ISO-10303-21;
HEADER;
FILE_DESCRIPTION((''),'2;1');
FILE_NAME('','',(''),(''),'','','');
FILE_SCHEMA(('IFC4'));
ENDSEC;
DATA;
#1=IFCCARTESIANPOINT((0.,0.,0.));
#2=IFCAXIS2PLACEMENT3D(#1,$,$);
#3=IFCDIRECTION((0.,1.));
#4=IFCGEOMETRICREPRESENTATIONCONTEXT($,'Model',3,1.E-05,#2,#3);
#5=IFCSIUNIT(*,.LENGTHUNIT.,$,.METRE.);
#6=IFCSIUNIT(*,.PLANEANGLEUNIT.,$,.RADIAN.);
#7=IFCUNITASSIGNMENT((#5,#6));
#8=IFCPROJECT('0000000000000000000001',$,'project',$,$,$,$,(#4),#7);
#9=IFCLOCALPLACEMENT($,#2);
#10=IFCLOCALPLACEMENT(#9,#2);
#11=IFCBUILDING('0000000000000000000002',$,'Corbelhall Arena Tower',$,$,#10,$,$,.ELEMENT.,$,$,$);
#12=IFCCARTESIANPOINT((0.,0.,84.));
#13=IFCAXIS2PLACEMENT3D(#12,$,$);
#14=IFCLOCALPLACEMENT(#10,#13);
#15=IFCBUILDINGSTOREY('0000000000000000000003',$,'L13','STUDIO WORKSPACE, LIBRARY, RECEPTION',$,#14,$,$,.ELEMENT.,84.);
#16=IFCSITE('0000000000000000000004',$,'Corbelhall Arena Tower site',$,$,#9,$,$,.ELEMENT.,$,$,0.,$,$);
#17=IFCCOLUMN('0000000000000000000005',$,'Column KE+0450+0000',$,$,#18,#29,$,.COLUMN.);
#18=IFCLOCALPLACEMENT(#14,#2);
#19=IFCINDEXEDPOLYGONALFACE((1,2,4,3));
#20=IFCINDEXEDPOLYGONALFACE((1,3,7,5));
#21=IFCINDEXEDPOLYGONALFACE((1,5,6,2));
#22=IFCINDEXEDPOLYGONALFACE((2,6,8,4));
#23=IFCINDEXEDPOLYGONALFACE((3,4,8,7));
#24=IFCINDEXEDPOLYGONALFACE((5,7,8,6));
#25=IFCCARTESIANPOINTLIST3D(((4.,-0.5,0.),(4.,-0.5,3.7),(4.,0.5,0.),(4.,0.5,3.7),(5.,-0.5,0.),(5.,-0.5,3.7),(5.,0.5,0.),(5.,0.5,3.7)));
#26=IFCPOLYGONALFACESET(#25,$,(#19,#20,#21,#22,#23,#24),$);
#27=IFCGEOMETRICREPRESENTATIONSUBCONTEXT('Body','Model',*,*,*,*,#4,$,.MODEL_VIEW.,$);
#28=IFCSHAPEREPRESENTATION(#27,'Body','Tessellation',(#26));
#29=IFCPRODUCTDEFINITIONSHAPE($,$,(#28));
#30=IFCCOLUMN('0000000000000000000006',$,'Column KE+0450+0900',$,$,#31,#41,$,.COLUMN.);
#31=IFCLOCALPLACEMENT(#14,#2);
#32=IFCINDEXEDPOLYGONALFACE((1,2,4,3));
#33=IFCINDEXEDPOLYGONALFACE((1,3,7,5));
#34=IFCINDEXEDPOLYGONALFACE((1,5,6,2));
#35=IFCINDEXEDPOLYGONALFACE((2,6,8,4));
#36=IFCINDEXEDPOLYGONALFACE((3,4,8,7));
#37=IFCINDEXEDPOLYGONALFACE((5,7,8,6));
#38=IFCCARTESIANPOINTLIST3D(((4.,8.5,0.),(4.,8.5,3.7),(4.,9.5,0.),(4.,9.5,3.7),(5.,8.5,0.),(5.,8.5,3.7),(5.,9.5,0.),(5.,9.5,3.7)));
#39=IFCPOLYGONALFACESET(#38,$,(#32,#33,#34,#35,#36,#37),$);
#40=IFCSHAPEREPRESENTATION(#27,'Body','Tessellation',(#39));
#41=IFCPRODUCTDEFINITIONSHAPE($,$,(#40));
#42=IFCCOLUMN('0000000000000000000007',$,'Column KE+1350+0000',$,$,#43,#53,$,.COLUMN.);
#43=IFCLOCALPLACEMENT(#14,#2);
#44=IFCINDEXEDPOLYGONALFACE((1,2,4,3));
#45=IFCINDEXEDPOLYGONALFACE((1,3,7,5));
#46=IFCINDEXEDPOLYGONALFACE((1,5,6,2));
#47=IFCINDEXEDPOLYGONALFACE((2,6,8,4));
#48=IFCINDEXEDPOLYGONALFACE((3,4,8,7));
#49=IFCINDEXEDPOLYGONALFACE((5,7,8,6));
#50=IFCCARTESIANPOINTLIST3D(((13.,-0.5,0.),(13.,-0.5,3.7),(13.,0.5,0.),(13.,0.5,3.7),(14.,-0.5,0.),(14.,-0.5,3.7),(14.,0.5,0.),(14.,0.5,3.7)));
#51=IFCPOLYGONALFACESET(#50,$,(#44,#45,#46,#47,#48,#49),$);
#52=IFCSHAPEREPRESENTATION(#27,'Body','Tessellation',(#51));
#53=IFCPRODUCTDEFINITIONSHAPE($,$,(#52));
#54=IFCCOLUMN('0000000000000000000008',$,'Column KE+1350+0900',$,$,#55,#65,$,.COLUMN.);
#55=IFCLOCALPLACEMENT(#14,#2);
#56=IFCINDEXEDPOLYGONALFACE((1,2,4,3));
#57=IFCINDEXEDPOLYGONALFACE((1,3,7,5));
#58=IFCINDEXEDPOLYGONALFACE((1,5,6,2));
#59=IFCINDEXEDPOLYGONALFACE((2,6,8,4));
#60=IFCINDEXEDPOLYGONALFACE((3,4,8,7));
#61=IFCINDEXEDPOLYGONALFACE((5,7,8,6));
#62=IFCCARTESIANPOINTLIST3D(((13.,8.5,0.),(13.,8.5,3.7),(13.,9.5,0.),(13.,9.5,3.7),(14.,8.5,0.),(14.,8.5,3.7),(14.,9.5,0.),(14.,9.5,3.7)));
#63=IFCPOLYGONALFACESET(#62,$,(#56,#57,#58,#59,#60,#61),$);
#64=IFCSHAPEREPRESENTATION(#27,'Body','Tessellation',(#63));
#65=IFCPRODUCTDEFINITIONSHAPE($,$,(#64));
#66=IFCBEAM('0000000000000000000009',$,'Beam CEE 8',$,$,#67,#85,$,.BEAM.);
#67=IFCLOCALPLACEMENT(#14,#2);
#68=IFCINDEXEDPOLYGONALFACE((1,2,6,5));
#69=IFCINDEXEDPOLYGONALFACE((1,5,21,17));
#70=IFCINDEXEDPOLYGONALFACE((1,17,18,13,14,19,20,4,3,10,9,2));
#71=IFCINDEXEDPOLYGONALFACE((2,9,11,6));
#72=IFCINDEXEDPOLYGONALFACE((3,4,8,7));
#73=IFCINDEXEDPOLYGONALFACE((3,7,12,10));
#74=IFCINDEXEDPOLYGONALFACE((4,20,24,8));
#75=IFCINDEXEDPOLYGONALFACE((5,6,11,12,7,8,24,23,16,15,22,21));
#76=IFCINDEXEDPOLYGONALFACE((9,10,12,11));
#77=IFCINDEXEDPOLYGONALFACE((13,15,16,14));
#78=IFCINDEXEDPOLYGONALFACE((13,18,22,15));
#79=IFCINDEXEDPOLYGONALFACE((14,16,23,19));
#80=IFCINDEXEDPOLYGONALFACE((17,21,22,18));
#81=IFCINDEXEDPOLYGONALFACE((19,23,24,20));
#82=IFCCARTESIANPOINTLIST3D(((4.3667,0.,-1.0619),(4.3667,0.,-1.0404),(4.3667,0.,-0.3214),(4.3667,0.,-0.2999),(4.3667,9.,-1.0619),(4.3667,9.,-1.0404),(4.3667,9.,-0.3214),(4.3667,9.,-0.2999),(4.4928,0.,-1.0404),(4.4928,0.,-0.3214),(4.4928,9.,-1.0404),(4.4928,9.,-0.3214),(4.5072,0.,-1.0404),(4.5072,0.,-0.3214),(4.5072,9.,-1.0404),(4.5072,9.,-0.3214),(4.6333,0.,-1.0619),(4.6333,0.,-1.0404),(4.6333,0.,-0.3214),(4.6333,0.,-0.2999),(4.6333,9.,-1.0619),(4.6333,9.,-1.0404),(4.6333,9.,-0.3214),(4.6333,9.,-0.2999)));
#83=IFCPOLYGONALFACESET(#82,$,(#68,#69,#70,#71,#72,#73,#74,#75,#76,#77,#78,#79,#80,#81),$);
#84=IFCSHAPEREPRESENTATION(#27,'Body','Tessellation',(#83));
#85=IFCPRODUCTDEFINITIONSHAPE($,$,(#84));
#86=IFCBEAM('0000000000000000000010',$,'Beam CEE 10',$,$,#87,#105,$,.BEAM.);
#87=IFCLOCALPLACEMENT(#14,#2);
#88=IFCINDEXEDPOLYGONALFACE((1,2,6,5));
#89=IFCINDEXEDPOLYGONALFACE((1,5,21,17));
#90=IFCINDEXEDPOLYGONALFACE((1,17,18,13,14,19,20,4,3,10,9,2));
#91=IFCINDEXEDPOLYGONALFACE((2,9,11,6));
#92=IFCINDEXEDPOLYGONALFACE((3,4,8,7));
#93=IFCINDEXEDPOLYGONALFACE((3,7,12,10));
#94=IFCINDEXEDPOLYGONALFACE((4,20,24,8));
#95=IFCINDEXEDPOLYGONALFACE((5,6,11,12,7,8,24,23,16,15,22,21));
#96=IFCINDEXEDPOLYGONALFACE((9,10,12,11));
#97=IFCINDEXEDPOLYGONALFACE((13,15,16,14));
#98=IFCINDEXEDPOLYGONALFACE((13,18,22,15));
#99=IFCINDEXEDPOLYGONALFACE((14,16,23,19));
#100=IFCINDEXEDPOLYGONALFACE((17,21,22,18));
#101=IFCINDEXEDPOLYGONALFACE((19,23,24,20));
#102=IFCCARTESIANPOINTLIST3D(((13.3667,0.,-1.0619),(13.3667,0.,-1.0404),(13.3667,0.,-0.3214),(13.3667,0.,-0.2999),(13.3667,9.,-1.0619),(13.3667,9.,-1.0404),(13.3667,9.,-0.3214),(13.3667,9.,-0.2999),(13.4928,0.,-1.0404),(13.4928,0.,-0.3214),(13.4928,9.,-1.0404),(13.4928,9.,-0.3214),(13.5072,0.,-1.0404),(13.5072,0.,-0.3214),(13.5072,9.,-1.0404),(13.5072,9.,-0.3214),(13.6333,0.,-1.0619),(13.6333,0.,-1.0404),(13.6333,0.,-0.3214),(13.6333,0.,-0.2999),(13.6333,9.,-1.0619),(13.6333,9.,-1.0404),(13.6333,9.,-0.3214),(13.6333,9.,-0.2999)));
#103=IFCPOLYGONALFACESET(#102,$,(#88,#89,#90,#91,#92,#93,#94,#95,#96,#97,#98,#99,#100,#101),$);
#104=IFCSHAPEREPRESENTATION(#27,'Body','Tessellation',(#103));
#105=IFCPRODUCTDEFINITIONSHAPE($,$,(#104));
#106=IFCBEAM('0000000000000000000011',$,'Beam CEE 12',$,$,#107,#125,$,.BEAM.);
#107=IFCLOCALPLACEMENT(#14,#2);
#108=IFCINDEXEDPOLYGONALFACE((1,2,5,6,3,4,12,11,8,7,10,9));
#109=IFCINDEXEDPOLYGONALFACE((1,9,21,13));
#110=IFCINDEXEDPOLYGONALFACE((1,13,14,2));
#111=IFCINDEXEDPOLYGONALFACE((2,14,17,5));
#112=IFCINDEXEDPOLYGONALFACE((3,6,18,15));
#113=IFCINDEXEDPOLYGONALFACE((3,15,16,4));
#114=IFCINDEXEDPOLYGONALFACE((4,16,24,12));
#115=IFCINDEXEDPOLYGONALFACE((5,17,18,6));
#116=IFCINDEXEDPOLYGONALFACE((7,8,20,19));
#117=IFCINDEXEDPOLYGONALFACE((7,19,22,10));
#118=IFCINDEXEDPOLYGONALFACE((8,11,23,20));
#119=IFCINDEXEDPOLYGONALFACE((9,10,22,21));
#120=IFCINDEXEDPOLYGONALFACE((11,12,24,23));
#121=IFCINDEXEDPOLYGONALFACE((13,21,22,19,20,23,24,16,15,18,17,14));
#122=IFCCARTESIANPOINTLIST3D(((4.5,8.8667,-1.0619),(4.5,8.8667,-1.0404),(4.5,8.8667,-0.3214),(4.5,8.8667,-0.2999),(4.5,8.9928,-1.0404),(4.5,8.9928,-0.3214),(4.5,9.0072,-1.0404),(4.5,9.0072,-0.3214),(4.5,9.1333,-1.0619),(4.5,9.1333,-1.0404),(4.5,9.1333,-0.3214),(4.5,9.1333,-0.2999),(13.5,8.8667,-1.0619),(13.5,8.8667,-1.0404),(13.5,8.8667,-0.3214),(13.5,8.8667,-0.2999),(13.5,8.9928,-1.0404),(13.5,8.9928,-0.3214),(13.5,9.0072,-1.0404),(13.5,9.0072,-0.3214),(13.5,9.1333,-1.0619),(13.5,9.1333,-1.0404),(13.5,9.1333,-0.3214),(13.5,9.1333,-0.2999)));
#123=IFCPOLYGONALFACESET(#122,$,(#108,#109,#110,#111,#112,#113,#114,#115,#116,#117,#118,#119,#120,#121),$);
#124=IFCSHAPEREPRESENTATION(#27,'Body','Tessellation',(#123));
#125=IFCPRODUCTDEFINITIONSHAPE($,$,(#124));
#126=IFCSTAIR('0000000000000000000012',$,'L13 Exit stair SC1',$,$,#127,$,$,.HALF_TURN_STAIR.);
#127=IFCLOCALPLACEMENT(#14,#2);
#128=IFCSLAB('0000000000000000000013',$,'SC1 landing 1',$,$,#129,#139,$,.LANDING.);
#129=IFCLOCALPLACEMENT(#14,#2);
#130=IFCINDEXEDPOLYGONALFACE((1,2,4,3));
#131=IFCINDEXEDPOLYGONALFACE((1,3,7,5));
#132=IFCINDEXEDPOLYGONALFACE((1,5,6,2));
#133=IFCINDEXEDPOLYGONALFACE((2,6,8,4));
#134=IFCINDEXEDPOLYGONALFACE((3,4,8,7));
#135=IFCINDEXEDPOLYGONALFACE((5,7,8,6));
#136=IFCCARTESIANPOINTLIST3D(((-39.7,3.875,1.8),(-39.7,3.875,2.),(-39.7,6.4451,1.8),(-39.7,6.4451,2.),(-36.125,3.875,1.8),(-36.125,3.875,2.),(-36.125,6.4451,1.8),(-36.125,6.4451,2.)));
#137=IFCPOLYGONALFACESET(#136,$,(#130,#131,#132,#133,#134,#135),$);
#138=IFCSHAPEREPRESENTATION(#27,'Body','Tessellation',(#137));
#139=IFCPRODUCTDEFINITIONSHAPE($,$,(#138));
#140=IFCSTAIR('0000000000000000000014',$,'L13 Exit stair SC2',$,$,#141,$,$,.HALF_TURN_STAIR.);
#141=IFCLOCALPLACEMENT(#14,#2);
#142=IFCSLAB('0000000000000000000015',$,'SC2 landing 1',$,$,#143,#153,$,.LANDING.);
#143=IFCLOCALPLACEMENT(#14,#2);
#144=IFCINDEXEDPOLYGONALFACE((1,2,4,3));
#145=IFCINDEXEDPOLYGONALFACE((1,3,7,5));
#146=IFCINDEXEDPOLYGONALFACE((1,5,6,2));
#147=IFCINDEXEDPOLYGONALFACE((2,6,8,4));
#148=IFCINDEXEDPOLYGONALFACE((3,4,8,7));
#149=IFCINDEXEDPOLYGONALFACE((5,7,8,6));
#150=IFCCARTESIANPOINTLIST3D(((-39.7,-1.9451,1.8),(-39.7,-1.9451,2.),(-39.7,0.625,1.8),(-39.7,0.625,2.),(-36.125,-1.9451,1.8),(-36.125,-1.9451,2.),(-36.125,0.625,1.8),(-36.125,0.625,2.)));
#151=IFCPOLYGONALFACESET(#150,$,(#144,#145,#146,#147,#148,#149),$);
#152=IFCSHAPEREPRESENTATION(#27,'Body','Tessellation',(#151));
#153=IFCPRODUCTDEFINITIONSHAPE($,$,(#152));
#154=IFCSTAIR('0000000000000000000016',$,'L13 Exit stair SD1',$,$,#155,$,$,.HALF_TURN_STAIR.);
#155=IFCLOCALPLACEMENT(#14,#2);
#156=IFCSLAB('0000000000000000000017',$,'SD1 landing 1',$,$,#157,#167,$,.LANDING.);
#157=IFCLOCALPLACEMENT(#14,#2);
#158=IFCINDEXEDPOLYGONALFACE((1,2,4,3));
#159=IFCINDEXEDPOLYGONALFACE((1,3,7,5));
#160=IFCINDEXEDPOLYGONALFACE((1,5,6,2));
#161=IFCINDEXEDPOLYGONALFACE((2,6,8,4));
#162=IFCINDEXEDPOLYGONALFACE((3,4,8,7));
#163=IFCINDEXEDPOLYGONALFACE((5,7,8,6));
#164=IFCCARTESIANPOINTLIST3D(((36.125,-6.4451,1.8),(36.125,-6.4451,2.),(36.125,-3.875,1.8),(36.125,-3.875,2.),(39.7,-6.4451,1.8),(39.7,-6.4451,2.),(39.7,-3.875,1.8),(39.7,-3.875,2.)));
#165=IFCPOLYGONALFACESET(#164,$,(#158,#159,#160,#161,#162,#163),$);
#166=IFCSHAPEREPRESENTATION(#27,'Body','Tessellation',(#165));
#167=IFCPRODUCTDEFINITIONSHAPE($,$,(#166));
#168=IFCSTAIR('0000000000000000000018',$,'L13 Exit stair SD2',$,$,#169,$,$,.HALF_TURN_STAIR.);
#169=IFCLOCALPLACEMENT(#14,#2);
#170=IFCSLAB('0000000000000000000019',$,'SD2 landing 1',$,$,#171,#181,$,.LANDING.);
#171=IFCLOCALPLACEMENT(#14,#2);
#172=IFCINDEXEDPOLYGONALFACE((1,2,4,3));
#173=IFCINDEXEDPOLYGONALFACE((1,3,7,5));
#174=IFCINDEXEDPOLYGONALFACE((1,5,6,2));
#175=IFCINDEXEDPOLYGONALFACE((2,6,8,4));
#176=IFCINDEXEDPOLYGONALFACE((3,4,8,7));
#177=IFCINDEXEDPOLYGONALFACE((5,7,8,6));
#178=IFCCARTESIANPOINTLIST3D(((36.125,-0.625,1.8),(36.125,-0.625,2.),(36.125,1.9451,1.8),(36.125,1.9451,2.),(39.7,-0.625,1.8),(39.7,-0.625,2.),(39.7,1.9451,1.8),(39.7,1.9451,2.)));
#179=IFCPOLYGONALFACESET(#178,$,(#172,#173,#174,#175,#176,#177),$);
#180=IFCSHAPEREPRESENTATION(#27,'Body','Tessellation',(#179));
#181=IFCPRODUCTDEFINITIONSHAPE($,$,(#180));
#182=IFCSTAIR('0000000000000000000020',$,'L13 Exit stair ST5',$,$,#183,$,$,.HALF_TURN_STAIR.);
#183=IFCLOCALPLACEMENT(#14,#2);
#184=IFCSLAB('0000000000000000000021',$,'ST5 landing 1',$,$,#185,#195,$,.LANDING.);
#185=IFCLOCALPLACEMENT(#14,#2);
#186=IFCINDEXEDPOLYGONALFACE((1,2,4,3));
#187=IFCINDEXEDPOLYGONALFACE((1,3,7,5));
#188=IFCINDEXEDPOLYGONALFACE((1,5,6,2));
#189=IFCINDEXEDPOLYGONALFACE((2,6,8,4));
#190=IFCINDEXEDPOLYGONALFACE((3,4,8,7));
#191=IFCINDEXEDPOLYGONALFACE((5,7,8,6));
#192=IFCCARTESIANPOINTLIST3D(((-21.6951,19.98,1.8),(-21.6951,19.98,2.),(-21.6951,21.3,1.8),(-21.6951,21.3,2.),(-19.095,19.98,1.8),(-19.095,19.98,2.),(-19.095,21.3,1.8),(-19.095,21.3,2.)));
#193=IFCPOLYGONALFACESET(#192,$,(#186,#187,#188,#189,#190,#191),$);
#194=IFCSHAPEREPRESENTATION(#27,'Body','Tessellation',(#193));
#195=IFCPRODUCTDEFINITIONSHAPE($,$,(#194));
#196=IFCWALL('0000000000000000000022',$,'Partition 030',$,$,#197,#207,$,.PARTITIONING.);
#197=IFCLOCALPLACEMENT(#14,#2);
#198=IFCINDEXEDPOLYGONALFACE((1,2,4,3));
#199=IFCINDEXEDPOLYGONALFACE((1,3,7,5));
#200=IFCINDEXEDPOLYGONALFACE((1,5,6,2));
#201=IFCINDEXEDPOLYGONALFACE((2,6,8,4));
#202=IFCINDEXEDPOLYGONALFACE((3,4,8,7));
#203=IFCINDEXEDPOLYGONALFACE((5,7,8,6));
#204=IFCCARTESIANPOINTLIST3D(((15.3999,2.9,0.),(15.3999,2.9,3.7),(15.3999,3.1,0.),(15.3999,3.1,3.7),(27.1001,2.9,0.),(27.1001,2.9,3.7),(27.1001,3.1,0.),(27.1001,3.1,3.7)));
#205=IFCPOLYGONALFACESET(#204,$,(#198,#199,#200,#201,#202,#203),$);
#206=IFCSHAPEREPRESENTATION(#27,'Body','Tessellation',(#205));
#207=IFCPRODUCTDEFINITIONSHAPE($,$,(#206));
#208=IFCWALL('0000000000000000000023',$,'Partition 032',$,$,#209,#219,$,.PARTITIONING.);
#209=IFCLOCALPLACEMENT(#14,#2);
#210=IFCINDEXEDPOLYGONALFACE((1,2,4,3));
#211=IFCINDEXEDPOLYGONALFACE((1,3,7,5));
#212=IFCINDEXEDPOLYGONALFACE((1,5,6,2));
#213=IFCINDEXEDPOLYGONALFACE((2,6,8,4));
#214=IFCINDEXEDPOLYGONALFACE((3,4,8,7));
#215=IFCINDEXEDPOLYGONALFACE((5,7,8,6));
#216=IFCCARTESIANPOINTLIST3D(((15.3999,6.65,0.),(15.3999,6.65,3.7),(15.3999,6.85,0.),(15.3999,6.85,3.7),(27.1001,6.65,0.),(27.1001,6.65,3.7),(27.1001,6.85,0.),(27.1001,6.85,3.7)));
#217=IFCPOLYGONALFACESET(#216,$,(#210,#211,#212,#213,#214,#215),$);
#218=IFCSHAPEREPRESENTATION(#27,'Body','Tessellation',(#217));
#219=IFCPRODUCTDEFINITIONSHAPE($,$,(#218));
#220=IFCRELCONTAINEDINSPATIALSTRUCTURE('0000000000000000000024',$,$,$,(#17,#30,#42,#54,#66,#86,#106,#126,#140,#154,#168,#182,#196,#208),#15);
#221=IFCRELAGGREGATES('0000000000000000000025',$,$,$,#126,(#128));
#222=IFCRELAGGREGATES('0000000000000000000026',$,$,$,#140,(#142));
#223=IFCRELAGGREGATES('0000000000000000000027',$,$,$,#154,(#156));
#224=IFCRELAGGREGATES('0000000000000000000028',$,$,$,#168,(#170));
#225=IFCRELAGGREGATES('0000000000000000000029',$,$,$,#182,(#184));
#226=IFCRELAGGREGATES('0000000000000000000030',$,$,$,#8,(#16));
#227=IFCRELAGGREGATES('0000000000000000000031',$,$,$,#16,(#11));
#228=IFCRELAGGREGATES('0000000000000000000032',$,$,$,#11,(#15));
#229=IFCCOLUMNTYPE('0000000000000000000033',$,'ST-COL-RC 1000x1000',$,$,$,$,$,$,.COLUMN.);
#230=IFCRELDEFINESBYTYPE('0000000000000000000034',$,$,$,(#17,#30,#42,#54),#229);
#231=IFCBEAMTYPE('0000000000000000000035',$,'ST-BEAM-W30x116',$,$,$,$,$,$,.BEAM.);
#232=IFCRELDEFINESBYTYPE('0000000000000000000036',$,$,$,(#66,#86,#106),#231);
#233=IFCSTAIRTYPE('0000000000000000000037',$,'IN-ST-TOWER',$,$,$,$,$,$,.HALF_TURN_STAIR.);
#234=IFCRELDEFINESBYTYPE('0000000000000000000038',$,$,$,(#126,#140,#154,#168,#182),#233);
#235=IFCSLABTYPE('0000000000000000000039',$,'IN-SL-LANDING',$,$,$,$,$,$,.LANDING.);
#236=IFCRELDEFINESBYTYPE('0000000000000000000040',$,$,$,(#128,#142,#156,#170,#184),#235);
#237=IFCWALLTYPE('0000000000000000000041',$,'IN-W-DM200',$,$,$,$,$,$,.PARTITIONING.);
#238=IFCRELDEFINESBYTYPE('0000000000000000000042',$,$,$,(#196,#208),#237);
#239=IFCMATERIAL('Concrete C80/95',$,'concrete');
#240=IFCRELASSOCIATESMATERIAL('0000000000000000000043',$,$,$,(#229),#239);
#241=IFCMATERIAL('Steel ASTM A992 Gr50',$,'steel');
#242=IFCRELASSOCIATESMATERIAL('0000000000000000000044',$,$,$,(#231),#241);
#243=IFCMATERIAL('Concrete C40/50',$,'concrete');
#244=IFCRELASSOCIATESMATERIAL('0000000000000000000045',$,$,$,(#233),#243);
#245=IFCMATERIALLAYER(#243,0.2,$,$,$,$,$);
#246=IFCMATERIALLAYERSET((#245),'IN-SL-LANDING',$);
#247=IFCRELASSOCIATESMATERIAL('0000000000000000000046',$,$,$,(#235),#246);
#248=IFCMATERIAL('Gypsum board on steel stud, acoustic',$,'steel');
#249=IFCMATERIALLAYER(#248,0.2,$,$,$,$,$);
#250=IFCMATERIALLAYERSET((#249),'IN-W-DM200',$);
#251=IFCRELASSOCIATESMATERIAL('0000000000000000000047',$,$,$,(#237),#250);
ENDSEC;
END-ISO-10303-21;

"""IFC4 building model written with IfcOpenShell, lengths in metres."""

from ifc_helpers import new_model, si_unit, direction, frame, frame_2d, origin, origin_2d, place, context, subcontext, project, spatial, polyline, rectangle, i_section, outline, extrude, material, layer, layer_set, material_profile, profile_set, type_object, element, aggregate, save


model = new_model("IFC4")

# Units and contexts
model_context = context("Model", 3, precision=1e-05, world=origin(), true_north=direction((0.0, 1.0)))
body_context = subcontext(model_context, "Body", "Model", "MODEL_VIEW")
ifc_project = project(units=[si_unit("LENGTHUNIT", "METRE"), si_unit("PLANEANGLEUNIT", "RADIAN")], contexts=[model_context])

# Site, building, storey
site_placement = place(None, origin())
site = spatial("IfcSite", under=ifc_project, at=site_placement, Name="Corbelhall Arena Tower site", CompositionType="ELEMENT", RefElevation=0.0)
building_placement = place(site_placement, origin())
building = spatial("IfcBuilding", under=site, at=building_placement, Name="Corbelhall Arena Tower", CompositionType="ELEMENT")
storey_placement = place(building_placement, frame((0.0, 0.0, 84.0)))
storey = spatial("IfcBuildingStorey", under=building, at=storey_placement, Name="L13", Description="STUDIO WORKSPACE, LIBRARY, RECEPTION", CompositionType="ELEMENT", Elevation=84.0)

# Columns
ifc_material_1 = material(Name="Concrete C80/95", Category="concrete")
ifc_material_profile_1 = material_profile(ifc_material_1, rectangle(XDim=1.0, YDim=1.0, at=origin_2d()))
ifc_profile_set_1 = profile_set([ifc_material_profile_1], Name="Concrete C80/95")
column_type = type_object("IfcColumnType", Name="ST-COL-RC 1000x1000", PredefinedType="COLUMN", material=ifc_profile_set_1)
for number, where, z_axis, x_axis, name in (
    (1, (4.5, 0.0, 0.0), (0.0, 0.0, 1.0), (1.0, 0.0, 0.0), "Column KE+0450+0000"),
    (2, (4.5, 9.0, 0.0), (0.0, 0.0, 1.0), (1.0, 0.0, 0.0), "Column KE+0450+0900"),
    (3, (13.5, 0.0, 0.0), (0.0, 0.0, 1.0), (1.0, 0.0, 0.0), "Column KE+1350+0000"),
    (4, (13.5, 9.0, 0.0), (0.0, 0.0, 1.0), (1.0, 0.0, 0.0), "Column KE+1350+0900"),
):
    element("IfcColumn", number, at=place(storey_placement, frame(where, z_axis=z_axis, x_axis=x_axis)), inside=storey, type_object=column_type, Name=name, PredefinedType="COLUMN", context=body_context, shape_type="SweptSolid", body=[
        extrude(rectangle(XDim=1.0, YDim=1.0, at=origin_2d()), origin(), (0.0, 0.0, 1.0), 3.7),
    ])

# Beams
ifc_material_2 = material(Name="Steel ASTM A992 Gr50", Category="steel")
ifc_material_profile_2 = material_profile(ifc_material_2, i_section(OverallWidth=0.2666, OverallDepth=0.762, WebThickness=0.0144, FlangeThickness=0.0215, at=origin_2d()))
ifc_profile_set_2 = profile_set([ifc_material_profile_2], Name="Steel ASTM A992 Gr50")
beam_type = type_object("IfcBeamType", Name="ST-BEAM-W30x116", PredefinedType="BEAM", material=ifc_profile_set_2)
for number, where, z_axis, x_axis, name in (
    (5, (4.5, 0.0, -0.6809), (0.0, 1.0, 0.0), (-1.0, 0.0, 0.0), "Beam CEE 8"),
    (6, (13.5, 0.0, -0.6809), (0.0, 1.0, 0.0), (-1.0, 0.0, 0.0), "Beam CEE 10"),
    (7, (4.5, 9.0, -0.6809), (1.0, 0.0, 0.0), (0.0, 1.0, 0.0), "Beam CEE 12"),
):
    element("IfcBeam", number, at=place(storey_placement, frame(where, z_axis=z_axis, x_axis=x_axis)), inside=storey, type_object=beam_type, Name=name, PredefinedType="BEAM", context=body_context, shape_type="SweptSolid", body=[
        extrude(i_section(OverallWidth=0.2666, OverallDepth=0.762, WebThickness=0.0144, FlangeThickness=0.0215, at=origin_2d()), origin(), (0.0, 0.0, 1.0), 9.0),
    ])

# Stairs, slabs
ifc_material_3 = material(Name="Concrete C40/50", Category="concrete")
stair_type = type_object("IfcStairType", Name="IN-ST-TOWER", PredefinedType="HALF_TURN_STAIR", material=ifc_material_3)
stair_1_placement = place(storey_placement, origin())
stair_1 = element("IfcStair", 8, at=stair_1_placement, inside=storey, type_object=stair_type, Name="L13 Exit stair SC1", PredefinedType="HALF_TURN_STAIR")
ifc_layer_1 = layer(ifc_material_3, 0.2)
ifc_layer_set_1 = layer_set([ifc_layer_1], Name="IN-SL-LANDING")
slab_type = type_object("IfcSlabType", Name="IN-SL-LANDING", PredefinedType="LANDING", material=ifc_layer_set_1)
slab_1_placement = place(storey_placement, frame((0.0, 0.0, 1.8)))
slab_1 = element("IfcSlab", 9, at=slab_1_placement, type_object=slab_type, Name="SC1 landing 1", PredefinedType="LANDING", context=body_context, shape_type="SweptSolid", body=[
    extrude(outline(polyline([(-39.7, 6.4451), (-39.7, 3.875), (-36.125, 3.875), (-36.125, 6.4451), (-39.7, 6.4451)])), origin(), (0.0, 0.0, 1.0), 0.2),
])
aggregate(stair_1, [slab_1])
stair_2_placement = place(storey_placement, origin())
stair_2 = element("IfcStair", 10, at=stair_2_placement, inside=storey, type_object=stair_type, Name="L13 Exit stair SC2", PredefinedType="HALF_TURN_STAIR")
slab_2_placement = place(storey_placement, frame((0.0, 0.0, 1.8)))
slab_2 = element("IfcSlab", 11, at=slab_2_placement, type_object=slab_type, Name="SC2 landing 1", PredefinedType="LANDING", context=body_context, shape_type="SweptSolid", body=[
    extrude(outline(polyline([(-36.125, -1.9451), (-36.125, 0.625), (-39.7, 0.625), (-39.7, -1.9451), (-36.125, -1.9451)])), origin(), (0.0, 0.0, 1.0), 0.2),
])
aggregate(stair_2, [slab_2])
stair_3_placement = place(storey_placement, origin())
stair_3 = element("IfcStair", 12, at=stair_3_placement, inside=storey, type_object=stair_type, Name="L13 Exit stair SD1", PredefinedType="HALF_TURN_STAIR")
slab_3_placement = place(storey_placement, frame((0.0, 0.0, 1.8)))
slab_3 = element("IfcSlab", 13, at=slab_3_placement, type_object=slab_type, Name="SD1 landing 1", PredefinedType="LANDING", context=body_context, shape_type="SweptSolid", body=[
    extrude(outline(polyline([(39.7, -6.4451), (39.7, -3.875), (36.125, -3.875), (36.125, -6.4451), (39.7, -6.4451)])), origin(), (0.0, 0.0, 1.0), 0.2),
])
aggregate(stair_3, [slab_3])
stair_4_placement = place(storey_placement, origin())
stair_4 = element("IfcStair", 14, at=stair_4_placement, inside=storey, type_object=stair_type, Name="L13 Exit stair SD2", PredefinedType="HALF_TURN_STAIR")
slab_4_placement = place(storey_placement, frame((0.0, 0.0, 1.8)))
slab_4 = element("IfcSlab", 15, at=slab_4_placement, type_object=slab_type, Name="SD2 landing 1", PredefinedType="LANDING", context=body_context, shape_type="SweptSolid", body=[
    extrude(outline(polyline([(36.125, 1.9451), (36.125, -0.625), (39.7, -0.625), (39.7, 1.9451), (36.125, 1.9451)])), origin(), (0.0, 0.0, 1.0), 0.2),
])
aggregate(stair_4, [slab_4])
stair_5_placement = place(storey_placement, origin())
stair_5 = element("IfcStair", 16, at=stair_5_placement, inside=storey, type_object=stair_type, Name="L13 Exit stair ST5", PredefinedType="HALF_TURN_STAIR")
slab_5_placement = place(storey_placement, frame((0.0, 0.0, 1.8)))
slab_5 = element("IfcSlab", 17, at=slab_5_placement, type_object=slab_type, Name="ST5 landing 1", PredefinedType="LANDING", context=body_context, shape_type="SweptSolid", body=[
    extrude(outline(polyline([(-19.095, 19.98), (-19.095, 21.3), (-21.6951, 21.3), (-21.6951, 19.98), (-19.095, 19.98)])), origin(), (0.0, 0.0, 1.0), 0.2),
])
aggregate(stair_5, [slab_5])

# Walls
ifc_material_4 = material(Name="Gypsum board on steel stud, acoustic", Category="steel")
ifc_layer_2 = layer(ifc_material_4, 0.2)
ifc_layer_set_2 = layer_set([ifc_layer_2], Name="IN-W-DM200")
wall_type_1 = type_object("IfcWallType", Name="IN-W-DM200", PredefinedType="PARTITIONING", material=ifc_layer_set_2)
for number, where, z_axis, x_axis, name in (
    (18, (15.3999, 3.0, 0.0), (0.0, 0.0, 1.0), (1.0, 0.0, 0.0), "Partition 030"),
    (19, (15.3999, 6.75, 0.0), (0.0, 0.0, 1.0), (1.0, 0.0, 0.0), "Partition 032"),
):
    element("IfcWall", number, at=place(storey_placement, frame(where, z_axis=z_axis, x_axis=x_axis)), inside=storey, type_object=wall_type_1, Name=name, PredefinedType="PARTITIONING", context=body_context, shape_type="SweptSolid", body=[
        extrude(rectangle(XDim=11.7002, YDim=0.2, at=frame_2d((5.8501, 0.0))), origin(), (0.0, 0.0, 1.0), 3.7),
    ])

save(model, "model.ifc")
